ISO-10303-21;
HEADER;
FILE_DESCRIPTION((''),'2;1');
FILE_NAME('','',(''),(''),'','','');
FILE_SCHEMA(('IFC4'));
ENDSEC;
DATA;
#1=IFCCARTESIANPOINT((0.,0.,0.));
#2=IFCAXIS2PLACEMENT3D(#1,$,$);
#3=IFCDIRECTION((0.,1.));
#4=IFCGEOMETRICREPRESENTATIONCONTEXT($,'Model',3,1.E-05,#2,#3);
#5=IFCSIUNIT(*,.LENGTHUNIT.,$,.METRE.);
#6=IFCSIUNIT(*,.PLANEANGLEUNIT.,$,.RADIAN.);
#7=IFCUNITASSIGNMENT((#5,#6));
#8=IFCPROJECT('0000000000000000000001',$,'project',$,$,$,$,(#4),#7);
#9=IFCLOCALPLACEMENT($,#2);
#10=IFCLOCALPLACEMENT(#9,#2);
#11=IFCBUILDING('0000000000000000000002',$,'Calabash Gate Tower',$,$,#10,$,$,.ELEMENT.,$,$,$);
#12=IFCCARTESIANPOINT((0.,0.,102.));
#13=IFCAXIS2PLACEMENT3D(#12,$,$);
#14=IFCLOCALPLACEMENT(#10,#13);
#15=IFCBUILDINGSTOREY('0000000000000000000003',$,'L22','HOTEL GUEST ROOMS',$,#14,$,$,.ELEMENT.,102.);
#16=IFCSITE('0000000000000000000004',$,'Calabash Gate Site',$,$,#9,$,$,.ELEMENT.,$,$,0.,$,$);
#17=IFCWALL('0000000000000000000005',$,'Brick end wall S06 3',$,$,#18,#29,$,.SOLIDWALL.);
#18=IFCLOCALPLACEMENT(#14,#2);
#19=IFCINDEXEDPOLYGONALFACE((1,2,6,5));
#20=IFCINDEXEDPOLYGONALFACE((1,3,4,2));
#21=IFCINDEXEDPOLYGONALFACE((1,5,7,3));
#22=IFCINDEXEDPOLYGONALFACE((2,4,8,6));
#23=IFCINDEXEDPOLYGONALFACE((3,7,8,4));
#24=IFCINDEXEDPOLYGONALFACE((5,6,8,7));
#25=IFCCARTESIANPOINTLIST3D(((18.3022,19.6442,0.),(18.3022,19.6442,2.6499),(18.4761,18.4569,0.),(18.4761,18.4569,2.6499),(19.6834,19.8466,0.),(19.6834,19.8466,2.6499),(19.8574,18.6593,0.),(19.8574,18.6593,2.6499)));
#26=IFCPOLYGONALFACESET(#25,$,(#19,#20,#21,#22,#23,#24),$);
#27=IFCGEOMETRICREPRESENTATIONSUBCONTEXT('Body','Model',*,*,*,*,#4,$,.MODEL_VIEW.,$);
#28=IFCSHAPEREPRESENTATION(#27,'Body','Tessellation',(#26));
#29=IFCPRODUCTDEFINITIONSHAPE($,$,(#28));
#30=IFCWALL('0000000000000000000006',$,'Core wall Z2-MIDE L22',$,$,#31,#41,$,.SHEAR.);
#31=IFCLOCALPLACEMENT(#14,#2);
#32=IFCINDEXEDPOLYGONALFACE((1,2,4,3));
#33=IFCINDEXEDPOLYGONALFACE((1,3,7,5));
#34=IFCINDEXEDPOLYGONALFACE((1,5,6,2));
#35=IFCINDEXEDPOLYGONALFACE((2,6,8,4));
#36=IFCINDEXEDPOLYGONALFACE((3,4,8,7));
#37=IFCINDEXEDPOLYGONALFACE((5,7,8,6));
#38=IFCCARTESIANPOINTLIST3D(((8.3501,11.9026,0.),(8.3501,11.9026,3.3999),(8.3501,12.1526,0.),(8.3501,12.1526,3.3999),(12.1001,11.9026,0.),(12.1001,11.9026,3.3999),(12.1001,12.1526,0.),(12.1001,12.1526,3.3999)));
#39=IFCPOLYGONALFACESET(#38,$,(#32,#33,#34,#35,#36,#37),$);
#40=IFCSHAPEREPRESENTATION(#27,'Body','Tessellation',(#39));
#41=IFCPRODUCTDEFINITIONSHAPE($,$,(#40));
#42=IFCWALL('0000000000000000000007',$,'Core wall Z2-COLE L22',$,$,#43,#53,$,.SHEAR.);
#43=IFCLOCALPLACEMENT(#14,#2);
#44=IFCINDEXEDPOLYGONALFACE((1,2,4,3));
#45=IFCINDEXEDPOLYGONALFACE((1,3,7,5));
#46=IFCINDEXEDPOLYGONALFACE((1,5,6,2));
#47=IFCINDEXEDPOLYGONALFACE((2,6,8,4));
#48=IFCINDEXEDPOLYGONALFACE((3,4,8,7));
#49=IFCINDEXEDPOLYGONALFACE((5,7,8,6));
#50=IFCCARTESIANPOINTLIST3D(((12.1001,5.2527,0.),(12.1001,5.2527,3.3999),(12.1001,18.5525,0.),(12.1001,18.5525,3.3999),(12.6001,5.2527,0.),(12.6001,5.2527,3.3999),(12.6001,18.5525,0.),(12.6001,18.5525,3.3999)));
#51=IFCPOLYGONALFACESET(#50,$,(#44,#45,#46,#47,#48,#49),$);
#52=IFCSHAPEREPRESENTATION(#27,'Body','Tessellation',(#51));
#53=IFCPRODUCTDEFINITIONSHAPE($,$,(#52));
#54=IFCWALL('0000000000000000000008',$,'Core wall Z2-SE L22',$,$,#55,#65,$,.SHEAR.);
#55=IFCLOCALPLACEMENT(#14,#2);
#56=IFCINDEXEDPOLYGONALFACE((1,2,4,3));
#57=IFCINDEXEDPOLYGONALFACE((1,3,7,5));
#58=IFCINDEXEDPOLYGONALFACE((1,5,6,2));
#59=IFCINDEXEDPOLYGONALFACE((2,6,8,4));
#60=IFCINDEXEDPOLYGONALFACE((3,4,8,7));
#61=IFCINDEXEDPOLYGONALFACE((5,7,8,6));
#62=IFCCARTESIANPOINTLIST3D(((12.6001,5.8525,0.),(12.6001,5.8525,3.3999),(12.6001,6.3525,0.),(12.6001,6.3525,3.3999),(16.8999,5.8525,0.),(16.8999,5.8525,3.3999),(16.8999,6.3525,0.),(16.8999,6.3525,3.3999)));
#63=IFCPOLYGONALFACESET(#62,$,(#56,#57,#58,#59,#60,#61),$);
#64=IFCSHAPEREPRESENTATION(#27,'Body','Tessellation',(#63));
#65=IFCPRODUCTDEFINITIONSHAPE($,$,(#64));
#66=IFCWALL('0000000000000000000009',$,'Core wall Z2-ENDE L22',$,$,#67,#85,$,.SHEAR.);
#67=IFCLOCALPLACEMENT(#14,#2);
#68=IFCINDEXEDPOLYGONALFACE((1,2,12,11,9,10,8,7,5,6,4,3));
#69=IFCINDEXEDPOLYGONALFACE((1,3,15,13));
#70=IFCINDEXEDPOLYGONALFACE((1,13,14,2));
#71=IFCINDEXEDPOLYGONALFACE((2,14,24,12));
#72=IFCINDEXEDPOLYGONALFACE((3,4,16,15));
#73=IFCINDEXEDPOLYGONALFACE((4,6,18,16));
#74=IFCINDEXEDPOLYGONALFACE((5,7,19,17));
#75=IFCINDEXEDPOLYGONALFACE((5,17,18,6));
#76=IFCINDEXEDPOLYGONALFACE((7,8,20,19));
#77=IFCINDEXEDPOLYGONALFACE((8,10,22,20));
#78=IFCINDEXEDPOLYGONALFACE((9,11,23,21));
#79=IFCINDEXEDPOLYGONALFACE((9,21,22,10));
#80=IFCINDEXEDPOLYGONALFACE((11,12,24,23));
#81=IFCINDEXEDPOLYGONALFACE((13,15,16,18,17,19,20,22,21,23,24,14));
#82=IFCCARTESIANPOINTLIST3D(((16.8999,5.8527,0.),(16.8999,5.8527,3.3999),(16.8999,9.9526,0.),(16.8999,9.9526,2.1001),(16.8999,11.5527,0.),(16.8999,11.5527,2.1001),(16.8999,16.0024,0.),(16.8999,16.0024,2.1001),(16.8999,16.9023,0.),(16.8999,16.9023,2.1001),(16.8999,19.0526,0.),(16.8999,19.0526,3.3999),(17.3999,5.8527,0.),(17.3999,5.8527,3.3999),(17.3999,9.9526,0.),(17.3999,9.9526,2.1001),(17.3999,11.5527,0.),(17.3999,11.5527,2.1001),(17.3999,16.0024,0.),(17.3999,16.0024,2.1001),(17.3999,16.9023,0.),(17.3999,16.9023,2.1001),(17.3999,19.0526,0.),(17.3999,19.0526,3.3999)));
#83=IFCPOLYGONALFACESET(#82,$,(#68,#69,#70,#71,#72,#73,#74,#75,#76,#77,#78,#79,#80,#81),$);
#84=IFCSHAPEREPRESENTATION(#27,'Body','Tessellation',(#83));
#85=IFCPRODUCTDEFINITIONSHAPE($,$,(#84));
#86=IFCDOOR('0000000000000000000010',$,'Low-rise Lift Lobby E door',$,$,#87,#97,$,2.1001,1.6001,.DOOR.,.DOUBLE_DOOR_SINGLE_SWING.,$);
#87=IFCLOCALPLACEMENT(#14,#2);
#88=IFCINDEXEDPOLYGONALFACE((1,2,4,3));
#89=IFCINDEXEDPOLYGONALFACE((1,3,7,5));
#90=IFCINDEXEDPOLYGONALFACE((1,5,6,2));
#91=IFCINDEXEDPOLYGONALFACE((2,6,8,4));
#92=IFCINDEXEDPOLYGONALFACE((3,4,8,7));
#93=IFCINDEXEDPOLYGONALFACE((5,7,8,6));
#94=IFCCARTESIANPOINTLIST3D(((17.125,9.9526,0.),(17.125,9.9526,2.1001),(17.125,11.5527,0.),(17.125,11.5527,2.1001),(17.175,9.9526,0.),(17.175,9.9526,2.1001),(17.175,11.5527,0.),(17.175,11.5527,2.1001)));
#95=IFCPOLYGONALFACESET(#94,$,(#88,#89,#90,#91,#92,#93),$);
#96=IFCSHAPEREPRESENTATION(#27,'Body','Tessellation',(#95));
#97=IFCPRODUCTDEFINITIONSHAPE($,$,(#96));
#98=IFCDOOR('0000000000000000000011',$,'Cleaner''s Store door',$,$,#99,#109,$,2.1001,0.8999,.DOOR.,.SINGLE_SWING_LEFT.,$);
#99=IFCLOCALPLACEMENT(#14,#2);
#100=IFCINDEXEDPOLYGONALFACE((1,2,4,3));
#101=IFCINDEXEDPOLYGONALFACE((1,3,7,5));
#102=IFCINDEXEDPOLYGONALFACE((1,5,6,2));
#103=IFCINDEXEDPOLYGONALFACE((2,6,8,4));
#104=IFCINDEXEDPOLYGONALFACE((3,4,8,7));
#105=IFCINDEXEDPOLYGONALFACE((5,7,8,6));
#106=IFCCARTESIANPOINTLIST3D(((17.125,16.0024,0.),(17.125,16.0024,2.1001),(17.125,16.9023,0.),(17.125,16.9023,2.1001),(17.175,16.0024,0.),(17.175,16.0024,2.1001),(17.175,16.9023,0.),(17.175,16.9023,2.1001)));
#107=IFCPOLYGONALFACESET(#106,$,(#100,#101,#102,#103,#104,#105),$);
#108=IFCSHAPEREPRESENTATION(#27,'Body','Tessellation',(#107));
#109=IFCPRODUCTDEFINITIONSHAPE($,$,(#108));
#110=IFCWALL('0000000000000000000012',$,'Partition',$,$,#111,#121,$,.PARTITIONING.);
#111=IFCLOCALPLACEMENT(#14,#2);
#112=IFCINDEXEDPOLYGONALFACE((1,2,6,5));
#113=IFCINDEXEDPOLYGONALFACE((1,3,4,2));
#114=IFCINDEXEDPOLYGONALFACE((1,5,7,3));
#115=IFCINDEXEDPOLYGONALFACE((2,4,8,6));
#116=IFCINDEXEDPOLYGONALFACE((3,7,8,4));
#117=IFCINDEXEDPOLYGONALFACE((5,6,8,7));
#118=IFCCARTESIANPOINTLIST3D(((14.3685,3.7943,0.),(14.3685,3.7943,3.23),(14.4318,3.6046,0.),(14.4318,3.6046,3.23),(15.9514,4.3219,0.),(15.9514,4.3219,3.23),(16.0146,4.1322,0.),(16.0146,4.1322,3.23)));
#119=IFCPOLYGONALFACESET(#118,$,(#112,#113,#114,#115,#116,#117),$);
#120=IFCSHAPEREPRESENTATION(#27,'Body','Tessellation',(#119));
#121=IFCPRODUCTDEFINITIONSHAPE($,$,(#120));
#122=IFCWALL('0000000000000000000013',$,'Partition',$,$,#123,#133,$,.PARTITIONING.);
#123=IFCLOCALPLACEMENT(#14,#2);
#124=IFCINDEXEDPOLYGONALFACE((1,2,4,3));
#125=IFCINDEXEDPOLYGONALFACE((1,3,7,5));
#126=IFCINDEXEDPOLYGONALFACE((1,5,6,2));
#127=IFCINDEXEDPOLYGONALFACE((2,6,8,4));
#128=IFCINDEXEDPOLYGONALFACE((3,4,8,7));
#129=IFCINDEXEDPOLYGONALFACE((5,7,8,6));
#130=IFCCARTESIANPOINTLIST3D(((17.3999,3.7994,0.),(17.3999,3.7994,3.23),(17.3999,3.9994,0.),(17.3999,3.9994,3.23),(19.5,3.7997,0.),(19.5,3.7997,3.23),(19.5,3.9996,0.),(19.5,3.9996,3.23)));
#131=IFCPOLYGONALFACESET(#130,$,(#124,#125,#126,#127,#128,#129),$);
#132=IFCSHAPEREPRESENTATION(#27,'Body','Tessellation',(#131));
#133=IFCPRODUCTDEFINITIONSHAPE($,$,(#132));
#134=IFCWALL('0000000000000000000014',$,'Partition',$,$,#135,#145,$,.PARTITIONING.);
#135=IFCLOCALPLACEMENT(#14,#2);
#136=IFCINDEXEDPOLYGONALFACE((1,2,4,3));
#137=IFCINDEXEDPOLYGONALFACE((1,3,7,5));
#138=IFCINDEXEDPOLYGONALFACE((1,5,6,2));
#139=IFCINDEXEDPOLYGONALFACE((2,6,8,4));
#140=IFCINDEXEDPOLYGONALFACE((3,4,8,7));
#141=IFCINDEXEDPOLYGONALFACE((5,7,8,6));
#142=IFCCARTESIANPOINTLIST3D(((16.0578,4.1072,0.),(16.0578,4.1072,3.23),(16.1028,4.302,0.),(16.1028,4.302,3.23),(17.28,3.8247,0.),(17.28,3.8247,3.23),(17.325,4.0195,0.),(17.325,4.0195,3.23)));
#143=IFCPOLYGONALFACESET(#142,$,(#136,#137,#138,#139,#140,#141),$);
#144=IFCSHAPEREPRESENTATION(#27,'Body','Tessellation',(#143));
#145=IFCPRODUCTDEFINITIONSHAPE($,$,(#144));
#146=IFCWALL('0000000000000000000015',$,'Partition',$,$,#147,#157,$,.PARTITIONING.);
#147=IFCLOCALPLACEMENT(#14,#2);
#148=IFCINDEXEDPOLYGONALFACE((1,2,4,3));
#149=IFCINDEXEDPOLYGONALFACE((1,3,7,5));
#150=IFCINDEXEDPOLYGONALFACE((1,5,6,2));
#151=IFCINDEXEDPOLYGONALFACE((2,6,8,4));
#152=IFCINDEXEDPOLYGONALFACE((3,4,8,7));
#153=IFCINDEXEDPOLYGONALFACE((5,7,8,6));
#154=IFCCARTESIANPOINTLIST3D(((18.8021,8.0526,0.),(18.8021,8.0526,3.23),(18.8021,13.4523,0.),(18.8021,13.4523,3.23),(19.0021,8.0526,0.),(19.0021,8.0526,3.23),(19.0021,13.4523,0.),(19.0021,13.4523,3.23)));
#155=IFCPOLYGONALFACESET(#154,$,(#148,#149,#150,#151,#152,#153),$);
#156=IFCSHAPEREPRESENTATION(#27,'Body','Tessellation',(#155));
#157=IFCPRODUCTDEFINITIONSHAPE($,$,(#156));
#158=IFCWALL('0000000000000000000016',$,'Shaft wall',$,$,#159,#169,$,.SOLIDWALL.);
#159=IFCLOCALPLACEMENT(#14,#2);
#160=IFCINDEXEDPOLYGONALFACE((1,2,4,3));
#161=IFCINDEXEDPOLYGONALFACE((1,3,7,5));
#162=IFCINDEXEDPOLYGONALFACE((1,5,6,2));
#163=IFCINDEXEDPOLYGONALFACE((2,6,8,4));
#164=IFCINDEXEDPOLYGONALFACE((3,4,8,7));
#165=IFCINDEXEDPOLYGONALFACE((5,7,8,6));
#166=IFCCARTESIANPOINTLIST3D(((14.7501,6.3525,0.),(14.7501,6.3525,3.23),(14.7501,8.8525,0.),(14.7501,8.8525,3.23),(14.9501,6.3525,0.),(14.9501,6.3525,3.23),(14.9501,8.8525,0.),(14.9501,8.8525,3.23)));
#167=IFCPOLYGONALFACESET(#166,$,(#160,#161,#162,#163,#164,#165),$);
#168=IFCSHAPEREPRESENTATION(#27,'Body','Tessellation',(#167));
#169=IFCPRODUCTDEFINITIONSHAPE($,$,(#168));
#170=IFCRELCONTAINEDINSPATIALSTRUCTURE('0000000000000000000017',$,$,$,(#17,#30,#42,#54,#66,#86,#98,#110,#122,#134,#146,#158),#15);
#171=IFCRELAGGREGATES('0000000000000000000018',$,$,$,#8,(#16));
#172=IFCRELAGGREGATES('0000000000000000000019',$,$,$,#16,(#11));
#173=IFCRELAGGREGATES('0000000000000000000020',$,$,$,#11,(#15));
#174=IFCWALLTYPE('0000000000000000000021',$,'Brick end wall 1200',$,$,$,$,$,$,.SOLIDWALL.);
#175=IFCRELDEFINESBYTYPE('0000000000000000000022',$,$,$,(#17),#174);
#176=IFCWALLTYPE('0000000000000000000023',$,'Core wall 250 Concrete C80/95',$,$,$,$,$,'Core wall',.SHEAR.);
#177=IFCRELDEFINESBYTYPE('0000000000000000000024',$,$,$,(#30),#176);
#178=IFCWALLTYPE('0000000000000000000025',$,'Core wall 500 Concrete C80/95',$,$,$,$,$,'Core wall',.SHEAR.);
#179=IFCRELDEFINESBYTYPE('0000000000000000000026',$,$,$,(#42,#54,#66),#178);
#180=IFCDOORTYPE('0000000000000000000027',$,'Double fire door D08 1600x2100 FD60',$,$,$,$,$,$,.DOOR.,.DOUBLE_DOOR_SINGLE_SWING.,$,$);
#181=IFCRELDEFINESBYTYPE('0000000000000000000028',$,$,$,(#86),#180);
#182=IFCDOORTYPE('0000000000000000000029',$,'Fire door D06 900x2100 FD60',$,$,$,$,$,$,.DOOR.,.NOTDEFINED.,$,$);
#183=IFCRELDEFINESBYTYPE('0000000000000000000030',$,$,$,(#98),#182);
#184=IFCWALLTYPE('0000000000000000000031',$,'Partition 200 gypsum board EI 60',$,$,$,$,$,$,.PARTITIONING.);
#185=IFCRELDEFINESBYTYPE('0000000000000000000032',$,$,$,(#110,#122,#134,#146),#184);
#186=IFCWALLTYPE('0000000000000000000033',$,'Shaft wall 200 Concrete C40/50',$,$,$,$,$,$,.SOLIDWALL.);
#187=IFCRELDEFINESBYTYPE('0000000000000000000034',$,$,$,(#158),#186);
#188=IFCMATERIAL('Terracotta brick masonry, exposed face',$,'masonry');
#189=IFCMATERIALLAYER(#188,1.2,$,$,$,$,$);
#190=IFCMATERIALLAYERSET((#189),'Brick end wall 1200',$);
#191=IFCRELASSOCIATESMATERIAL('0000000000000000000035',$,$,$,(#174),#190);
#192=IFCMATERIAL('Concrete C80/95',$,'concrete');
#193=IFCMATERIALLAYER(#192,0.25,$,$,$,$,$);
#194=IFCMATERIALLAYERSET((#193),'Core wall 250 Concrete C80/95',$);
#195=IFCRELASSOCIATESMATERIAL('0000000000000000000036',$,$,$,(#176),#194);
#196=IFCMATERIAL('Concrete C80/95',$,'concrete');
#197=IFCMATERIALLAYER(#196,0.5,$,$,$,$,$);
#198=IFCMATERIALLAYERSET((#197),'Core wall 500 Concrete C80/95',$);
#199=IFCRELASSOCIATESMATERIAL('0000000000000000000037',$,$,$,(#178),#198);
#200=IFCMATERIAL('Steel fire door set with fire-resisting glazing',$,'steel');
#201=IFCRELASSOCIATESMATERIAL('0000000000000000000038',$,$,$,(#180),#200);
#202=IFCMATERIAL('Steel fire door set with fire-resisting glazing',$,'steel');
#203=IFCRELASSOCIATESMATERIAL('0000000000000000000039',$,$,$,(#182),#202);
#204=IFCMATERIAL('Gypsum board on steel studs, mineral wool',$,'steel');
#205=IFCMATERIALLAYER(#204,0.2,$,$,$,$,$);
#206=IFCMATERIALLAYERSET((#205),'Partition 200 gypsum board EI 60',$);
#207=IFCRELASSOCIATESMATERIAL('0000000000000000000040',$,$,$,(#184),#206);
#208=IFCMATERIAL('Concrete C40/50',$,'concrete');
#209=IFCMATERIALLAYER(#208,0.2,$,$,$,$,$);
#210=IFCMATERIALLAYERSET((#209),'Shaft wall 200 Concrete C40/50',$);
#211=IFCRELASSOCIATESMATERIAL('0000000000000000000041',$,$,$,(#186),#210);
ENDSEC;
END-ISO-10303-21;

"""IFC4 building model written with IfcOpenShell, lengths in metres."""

from ifc_helpers import new_model, si_unit, direction, frame, frame_2d, origin, place, context, subcontext, project, spatial, rectangle, extrude, material, layer, layer_set, type_object, element, fill, save


model = new_model("IFC4")

# Units and contexts
model_context = context("Model", 3, precision=1e-05, world=origin(), true_north=direction((0.0, 1.0)))
body_context = subcontext(model_context, "Body", "Model", "MODEL_VIEW")
ifc_project = project(units=[si_unit("LENGTHUNIT", "METRE"), si_unit("PLANEANGLEUNIT", "RADIAN")], contexts=[model_context])

# Site, building, storey
site_placement = place(None, origin())
site = spatial("IfcSite", under=ifc_project, at=site_placement, Name="Calabash Gate Site", CompositionType="ELEMENT", RefElevation=0.0)
building_placement = place(site_placement, origin())
building = spatial("IfcBuilding", under=site, at=building_placement, Name="Calabash Gate Tower", CompositionType="ELEMENT")
storey_placement = place(building_placement, frame((0.0, 0.0, 102.0)))
storey = spatial("IfcBuildingStorey", under=building, at=storey_placement, Name="L22", Description="HOTEL GUEST ROOMS", CompositionType="ELEMENT", Elevation=102.0)

# Walls
ifc_material_1 = material(Name="Terracotta brick masonry, exposed face", Category="masonry")
ifc_layer_1 = layer(ifc_material_1, 1.2)
ifc_layer_set_1 = layer_set([ifc_layer_1], Name="Brick end wall 1200")
wall_type_1 = type_object("IfcWallType", Name="Brick end wall 1200", PredefinedType="SOLIDWALL", material=ifc_layer_set_1)
wall_1_placement = place(storey_placement, frame((18.3892, 19.0505, 0.0), z_axis=(0.0, 0.0, 1.0), x_axis=(0.989436, 0.14497, 0.0)))
element("IfcWall", 1, at=wall_1_placement, inside=storey, type_object=wall_type_1, Name="Brick end wall S06 3", PredefinedType="SOLIDWALL", context=body_context, shape_type="SweptSolid", body=[
    extrude(rectangle(XDim=1.396, YDim=1.2, at=frame_2d((0.698, 0.0))), origin(), (0.0, 0.0, 1.0), 2.6499),
])
ifc_material_2 = material(Name="Concrete C80/95", Category="concrete")
ifc_layer_2 = layer(ifc_material_2, 0.25)
ifc_layer_set_2 = layer_set([ifc_layer_2], Name="Core wall 250 Concrete C80/95")
wall_type_2 = type_object("IfcWallType", Name="Core wall 250 Concrete C80/95", ElementType="Core wall", PredefinedType="SHEAR", material=ifc_layer_set_2)
wall_2_placement = place(storey_placement, frame((8.3501, 12.0276, 0.0), z_axis=(0.0, 0.0, 1.0), x_axis=(1.0, 0.0, 0.0)))
element("IfcWall", 2, at=wall_2_placement, inside=storey, type_object=wall_type_2, Name="Core wall Z2-MIDE L22", PredefinedType="SHEAR", context=body_context, shape_type="SweptSolid", body=[
    extrude(rectangle(XDim=3.75, YDim=0.25, at=frame_2d((1.875, 0.0))), origin(), (0.0, 0.0, 1.0), 3.3999),
])
ifc_material_3 = material(Name="Concrete C80/95", Category="concrete")
ifc_layer_3 = layer(ifc_material_3, 0.5)
ifc_layer_set_3 = layer_set([ifc_layer_3], Name="Core wall 500 Concrete C80/95")
wall_type_3 = type_object("IfcWallType", Name="Core wall 500 Concrete C80/95", ElementType="Core wall", PredefinedType="SHEAR", material=ifc_layer_set_3)
wall_3_placement = place(storey_placement, frame((12.3501, 5.2527, 0.0), z_axis=(0.0, 0.0, 1.0), x_axis=(0.0, 1.0, 0.0)))
element("IfcWall", 3, at=wall_3_placement, inside=storey, type_object=wall_type_3, Name="Core wall Z2-COLE L22", PredefinedType="SHEAR", context=body_context, shape_type="SweptSolid", body=[
    extrude(rectangle(XDim=13.2998, YDim=0.5, at=frame_2d((6.6499, 0.0))), origin(), (0.0, 0.0, 1.0), 3.3999),
])
wall_4_placement = place(storey_placement, frame((12.6001, 6.1025, 0.0), z_axis=(0.0, 0.0, 1.0), x_axis=(1.0, 0.0, 0.0)))
element("IfcWall", 4, at=wall_4_placement, inside=storey, type_object=wall_type_3, Name="Core wall Z2-SE L22", PredefinedType="SHEAR", context=body_context, shape_type="SweptSolid", body=[
    extrude(rectangle(XDim=4.2998, YDim=0.5, at=frame_2d((2.1499, 0.0))), origin(), (0.0, 0.0, 1.0), 3.3999),
])

# Wall, openings, doors
wall_5_placement = place(storey_placement, frame((17.1499, 5.8525, 0.0), z_axis=(0.0, 0.0, 1.0), x_axis=(0.0, 1.0, 0.0)))
wall_5 = element("IfcWall", 5, at=wall_5_placement, inside=storey, type_object=wall_type_3, Name="Core wall Z2-ENDE L22", PredefinedType="SHEAR", context=body_context, shape_type="SweptSolid", body=[
    extrude(rectangle(XDim=13.2, YDim=0.5, at=frame_2d((6.6001, 0.0))), origin(), (0.0, 0.0, 1.0), 3.3999),
])
opening_1_placement = place(wall_5_placement, frame((4.1001, 0.0, 0.0)))
opening_1 = element("IfcOpeningElement", 6, at=opening_1_placement, cuts=wall_5, PredefinedType="OPENING", context=body_context, shape_type="SweptSolid", body=[
    extrude(rectangle(XDim=1.6001, YDim=2.1001, at=frame_2d((0.8, 1.05))), frame((0.0, 0.26, 0.0), z_axis=(0.0, -1.0, 0.0), x_axis=(1.0, 0.0, 0.0)), (0.0, 0.0, 1.0), 0.52),
])
opening_2_placement = place(wall_5_placement, frame((10.1499, 0.0, 0.0)))
opening_2 = element("IfcOpeningElement", 7, at=opening_2_placement, cuts=wall_5, PredefinedType="OPENING", context=body_context, shape_type="SweptSolid", body=[
    extrude(rectangle(XDim=0.8999, YDim=2.1001, at=frame_2d((0.45, 1.05))), frame((0.0, 0.26, 0.0), z_axis=(0.0, -1.0, 0.0), x_axis=(1.0, 0.0, 0.0)), (0.0, 0.0, 1.0), 0.52),
])
ifc_material_4 = material(Name="Steel fire door set with fire-resisting glazing", Category="steel")
door_type_1 = type_object("IfcDoorType", Name="Double fire door D08 1600x2100 FD60", OperationType="DOUBLE_DOOR_SINGLE_SWING", PredefinedType="DOOR", material=ifc_material_4)
door_1_placement = place(opening_1_placement, origin())
door_1 = element("IfcDoor", 8, at=door_1_placement, inside=storey, type_object=door_type_1, Name="Low-rise Lift Lobby E door", OperationType="DOUBLE_DOOR_SINGLE_SWING", OverallHeight=2.1001, OverallWidth=1.6001, PredefinedType="DOOR", context=body_context, shape_type="SweptSolid", body=[
    extrude(rectangle(XDim=1.6001, YDim=2.1001, at=frame_2d((0.8, 1.05))), frame((0.0, 0.0249, 0.0), z_axis=(0.0, -1.0, 0.0), x_axis=(1.0, 0.0, 0.0)), (0.0, 0.0, 1.0), 0.05),
])
fill(opening_1, door_1)
ifc_material_5 = material(Name="Steel fire door set with fire-resisting glazing", Category="steel")
door_type_2 = type_object("IfcDoorType", Name="Fire door D06 900x2100 FD60", OperationType="NOTDEFINED", PredefinedType="DOOR", material=ifc_material_5)
door_2_placement = place(opening_2_placement, origin())
door_2 = element("IfcDoor", 9, at=door_2_placement, inside=storey, type_object=door_type_2, Name="Cleaner's Store door", OperationType="SINGLE_SWING_LEFT", OverallHeight=2.1001, OverallWidth=0.8999, PredefinedType="DOOR", context=body_context, shape_type="SweptSolid", body=[
    extrude(rectangle(XDim=0.8999, YDim=2.1001, at=frame_2d((0.45, 1.05))), frame((0.0, 0.0249, 0.0), z_axis=(0.0, -1.0, 0.0), x_axis=(1.0, 0.0, 0.0)), (0.0, 0.0, 1.0), 0.05),
])
fill(opening_2, door_2)

# Walls
ifc_material_6 = material(Name="Gypsum board on steel studs, mineral wool", Category="steel")
ifc_layer_4 = layer(ifc_material_6, 0.2)
ifc_layer_set_4 = layer_set([ifc_layer_4], Name="Partition 200 gypsum board EI 60")
wall_type_4 = type_object("IfcWallType", Name="Partition 200 gypsum board EI 60", PredefinedType="PARTITIONING", material=ifc_layer_set_4)
wall_6_placement = place(storey_placement, frame((14.4001, 3.6995, 0.0), z_axis=(0.0, 0.0, 1.0), x_axis=(0.948683, 0.316228, 0.0)))
element("IfcWall", 10, at=wall_6_placement, inside=storey, type_object=wall_type_4, Name="Partition", PredefinedType="PARTITIONING", context=body_context, shape_type="SweptSolid", body=[
    extrude(rectangle(XDim=1.6685, YDim=0.2, at=frame_2d((0.8342, 0.0))), origin(), (0.0, 0.0, 1.0), 3.23),
])
wall_7_placement = place(storey_placement, frame((17.3999, 3.8994, 0.0), z_axis=(0.0, 0.0, 1.0), x_axis=(1.0, 0.000116, 0.0)))
element("IfcWall", 11, at=wall_7_placement, inside=storey, type_object=wall_type_4, Name="Partition", PredefinedType="PARTITIONING", context=body_context, shape_type="SweptSolid", body=[
    extrude(rectangle(XDim=2.1001, YDim=0.2, at=frame_2d((1.05, 0.0))), origin(), (0.0, 0.0, 1.0), 3.23),
])
wall_8_placement = place(storey_placement, frame((16.0803, 4.2046, 0.0), z_axis=(0.0, 0.0, 1.0), x_axis=(0.974316, -0.225186, 0.0)))
element("IfcWall", 12, at=wall_8_placement, inside=storey, type_object=wall_type_4, Name="Partition", PredefinedType="PARTITIONING", context=body_context, shape_type="SweptSolid", body=[
    extrude(rectangle(XDim=1.2544, YDim=0.2, at=frame_2d((0.6272, 0.0))), origin(), (0.0, 0.0, 1.0), 3.23),
])
wall_9_placement = place(storey_placement, frame((18.9021, 8.0527, 0.0), z_axis=(0.0, 0.0, 1.0), x_axis=(0.0, 1.0, 0.0)))
element("IfcWall", 13, at=wall_9_placement, inside=storey, type_object=wall_type_4, Name="Partition", PredefinedType="PARTITIONING", context=body_context, shape_type="SweptSolid", body=[
    extrude(rectangle(XDim=5.3997, YDim=0.2, at=frame_2d((2.6997, 0.0))), origin(), (0.0, 0.0, 1.0), 3.23),
])
ifc_material_7 = material(Name="Concrete C40/50", Category="concrete")
ifc_layer_5 = layer(ifc_material_7, 0.2)
ifc_layer_set_5 = layer_set([ifc_layer_5], Name="Shaft wall 200 Concrete C40/50")
wall_type_5 = type_object("IfcWallType", Name="Shaft wall 200 Concrete C40/50", PredefinedType="SOLIDWALL", material=ifc_layer_set_5)
wall_10_placement = place(storey_placement, frame((14.8501, 6.3525, 0.0), z_axis=(0.0, 0.0, 1.0), x_axis=(0.0, 1.0, 0.0)))
element("IfcWall", 14, at=wall_10_placement, inside=storey, type_object=wall_type_5, Name="Shaft wall", PredefinedType="SOLIDWALL", context=body_context, shape_type="SweptSolid", body=[
    extrude(rectangle(XDim=2.5, YDim=0.2, at=frame_2d((1.25, 0.0))), origin(), (0.0, 0.0, 1.0), 3.23),
])

save(model, "model.ifc")
